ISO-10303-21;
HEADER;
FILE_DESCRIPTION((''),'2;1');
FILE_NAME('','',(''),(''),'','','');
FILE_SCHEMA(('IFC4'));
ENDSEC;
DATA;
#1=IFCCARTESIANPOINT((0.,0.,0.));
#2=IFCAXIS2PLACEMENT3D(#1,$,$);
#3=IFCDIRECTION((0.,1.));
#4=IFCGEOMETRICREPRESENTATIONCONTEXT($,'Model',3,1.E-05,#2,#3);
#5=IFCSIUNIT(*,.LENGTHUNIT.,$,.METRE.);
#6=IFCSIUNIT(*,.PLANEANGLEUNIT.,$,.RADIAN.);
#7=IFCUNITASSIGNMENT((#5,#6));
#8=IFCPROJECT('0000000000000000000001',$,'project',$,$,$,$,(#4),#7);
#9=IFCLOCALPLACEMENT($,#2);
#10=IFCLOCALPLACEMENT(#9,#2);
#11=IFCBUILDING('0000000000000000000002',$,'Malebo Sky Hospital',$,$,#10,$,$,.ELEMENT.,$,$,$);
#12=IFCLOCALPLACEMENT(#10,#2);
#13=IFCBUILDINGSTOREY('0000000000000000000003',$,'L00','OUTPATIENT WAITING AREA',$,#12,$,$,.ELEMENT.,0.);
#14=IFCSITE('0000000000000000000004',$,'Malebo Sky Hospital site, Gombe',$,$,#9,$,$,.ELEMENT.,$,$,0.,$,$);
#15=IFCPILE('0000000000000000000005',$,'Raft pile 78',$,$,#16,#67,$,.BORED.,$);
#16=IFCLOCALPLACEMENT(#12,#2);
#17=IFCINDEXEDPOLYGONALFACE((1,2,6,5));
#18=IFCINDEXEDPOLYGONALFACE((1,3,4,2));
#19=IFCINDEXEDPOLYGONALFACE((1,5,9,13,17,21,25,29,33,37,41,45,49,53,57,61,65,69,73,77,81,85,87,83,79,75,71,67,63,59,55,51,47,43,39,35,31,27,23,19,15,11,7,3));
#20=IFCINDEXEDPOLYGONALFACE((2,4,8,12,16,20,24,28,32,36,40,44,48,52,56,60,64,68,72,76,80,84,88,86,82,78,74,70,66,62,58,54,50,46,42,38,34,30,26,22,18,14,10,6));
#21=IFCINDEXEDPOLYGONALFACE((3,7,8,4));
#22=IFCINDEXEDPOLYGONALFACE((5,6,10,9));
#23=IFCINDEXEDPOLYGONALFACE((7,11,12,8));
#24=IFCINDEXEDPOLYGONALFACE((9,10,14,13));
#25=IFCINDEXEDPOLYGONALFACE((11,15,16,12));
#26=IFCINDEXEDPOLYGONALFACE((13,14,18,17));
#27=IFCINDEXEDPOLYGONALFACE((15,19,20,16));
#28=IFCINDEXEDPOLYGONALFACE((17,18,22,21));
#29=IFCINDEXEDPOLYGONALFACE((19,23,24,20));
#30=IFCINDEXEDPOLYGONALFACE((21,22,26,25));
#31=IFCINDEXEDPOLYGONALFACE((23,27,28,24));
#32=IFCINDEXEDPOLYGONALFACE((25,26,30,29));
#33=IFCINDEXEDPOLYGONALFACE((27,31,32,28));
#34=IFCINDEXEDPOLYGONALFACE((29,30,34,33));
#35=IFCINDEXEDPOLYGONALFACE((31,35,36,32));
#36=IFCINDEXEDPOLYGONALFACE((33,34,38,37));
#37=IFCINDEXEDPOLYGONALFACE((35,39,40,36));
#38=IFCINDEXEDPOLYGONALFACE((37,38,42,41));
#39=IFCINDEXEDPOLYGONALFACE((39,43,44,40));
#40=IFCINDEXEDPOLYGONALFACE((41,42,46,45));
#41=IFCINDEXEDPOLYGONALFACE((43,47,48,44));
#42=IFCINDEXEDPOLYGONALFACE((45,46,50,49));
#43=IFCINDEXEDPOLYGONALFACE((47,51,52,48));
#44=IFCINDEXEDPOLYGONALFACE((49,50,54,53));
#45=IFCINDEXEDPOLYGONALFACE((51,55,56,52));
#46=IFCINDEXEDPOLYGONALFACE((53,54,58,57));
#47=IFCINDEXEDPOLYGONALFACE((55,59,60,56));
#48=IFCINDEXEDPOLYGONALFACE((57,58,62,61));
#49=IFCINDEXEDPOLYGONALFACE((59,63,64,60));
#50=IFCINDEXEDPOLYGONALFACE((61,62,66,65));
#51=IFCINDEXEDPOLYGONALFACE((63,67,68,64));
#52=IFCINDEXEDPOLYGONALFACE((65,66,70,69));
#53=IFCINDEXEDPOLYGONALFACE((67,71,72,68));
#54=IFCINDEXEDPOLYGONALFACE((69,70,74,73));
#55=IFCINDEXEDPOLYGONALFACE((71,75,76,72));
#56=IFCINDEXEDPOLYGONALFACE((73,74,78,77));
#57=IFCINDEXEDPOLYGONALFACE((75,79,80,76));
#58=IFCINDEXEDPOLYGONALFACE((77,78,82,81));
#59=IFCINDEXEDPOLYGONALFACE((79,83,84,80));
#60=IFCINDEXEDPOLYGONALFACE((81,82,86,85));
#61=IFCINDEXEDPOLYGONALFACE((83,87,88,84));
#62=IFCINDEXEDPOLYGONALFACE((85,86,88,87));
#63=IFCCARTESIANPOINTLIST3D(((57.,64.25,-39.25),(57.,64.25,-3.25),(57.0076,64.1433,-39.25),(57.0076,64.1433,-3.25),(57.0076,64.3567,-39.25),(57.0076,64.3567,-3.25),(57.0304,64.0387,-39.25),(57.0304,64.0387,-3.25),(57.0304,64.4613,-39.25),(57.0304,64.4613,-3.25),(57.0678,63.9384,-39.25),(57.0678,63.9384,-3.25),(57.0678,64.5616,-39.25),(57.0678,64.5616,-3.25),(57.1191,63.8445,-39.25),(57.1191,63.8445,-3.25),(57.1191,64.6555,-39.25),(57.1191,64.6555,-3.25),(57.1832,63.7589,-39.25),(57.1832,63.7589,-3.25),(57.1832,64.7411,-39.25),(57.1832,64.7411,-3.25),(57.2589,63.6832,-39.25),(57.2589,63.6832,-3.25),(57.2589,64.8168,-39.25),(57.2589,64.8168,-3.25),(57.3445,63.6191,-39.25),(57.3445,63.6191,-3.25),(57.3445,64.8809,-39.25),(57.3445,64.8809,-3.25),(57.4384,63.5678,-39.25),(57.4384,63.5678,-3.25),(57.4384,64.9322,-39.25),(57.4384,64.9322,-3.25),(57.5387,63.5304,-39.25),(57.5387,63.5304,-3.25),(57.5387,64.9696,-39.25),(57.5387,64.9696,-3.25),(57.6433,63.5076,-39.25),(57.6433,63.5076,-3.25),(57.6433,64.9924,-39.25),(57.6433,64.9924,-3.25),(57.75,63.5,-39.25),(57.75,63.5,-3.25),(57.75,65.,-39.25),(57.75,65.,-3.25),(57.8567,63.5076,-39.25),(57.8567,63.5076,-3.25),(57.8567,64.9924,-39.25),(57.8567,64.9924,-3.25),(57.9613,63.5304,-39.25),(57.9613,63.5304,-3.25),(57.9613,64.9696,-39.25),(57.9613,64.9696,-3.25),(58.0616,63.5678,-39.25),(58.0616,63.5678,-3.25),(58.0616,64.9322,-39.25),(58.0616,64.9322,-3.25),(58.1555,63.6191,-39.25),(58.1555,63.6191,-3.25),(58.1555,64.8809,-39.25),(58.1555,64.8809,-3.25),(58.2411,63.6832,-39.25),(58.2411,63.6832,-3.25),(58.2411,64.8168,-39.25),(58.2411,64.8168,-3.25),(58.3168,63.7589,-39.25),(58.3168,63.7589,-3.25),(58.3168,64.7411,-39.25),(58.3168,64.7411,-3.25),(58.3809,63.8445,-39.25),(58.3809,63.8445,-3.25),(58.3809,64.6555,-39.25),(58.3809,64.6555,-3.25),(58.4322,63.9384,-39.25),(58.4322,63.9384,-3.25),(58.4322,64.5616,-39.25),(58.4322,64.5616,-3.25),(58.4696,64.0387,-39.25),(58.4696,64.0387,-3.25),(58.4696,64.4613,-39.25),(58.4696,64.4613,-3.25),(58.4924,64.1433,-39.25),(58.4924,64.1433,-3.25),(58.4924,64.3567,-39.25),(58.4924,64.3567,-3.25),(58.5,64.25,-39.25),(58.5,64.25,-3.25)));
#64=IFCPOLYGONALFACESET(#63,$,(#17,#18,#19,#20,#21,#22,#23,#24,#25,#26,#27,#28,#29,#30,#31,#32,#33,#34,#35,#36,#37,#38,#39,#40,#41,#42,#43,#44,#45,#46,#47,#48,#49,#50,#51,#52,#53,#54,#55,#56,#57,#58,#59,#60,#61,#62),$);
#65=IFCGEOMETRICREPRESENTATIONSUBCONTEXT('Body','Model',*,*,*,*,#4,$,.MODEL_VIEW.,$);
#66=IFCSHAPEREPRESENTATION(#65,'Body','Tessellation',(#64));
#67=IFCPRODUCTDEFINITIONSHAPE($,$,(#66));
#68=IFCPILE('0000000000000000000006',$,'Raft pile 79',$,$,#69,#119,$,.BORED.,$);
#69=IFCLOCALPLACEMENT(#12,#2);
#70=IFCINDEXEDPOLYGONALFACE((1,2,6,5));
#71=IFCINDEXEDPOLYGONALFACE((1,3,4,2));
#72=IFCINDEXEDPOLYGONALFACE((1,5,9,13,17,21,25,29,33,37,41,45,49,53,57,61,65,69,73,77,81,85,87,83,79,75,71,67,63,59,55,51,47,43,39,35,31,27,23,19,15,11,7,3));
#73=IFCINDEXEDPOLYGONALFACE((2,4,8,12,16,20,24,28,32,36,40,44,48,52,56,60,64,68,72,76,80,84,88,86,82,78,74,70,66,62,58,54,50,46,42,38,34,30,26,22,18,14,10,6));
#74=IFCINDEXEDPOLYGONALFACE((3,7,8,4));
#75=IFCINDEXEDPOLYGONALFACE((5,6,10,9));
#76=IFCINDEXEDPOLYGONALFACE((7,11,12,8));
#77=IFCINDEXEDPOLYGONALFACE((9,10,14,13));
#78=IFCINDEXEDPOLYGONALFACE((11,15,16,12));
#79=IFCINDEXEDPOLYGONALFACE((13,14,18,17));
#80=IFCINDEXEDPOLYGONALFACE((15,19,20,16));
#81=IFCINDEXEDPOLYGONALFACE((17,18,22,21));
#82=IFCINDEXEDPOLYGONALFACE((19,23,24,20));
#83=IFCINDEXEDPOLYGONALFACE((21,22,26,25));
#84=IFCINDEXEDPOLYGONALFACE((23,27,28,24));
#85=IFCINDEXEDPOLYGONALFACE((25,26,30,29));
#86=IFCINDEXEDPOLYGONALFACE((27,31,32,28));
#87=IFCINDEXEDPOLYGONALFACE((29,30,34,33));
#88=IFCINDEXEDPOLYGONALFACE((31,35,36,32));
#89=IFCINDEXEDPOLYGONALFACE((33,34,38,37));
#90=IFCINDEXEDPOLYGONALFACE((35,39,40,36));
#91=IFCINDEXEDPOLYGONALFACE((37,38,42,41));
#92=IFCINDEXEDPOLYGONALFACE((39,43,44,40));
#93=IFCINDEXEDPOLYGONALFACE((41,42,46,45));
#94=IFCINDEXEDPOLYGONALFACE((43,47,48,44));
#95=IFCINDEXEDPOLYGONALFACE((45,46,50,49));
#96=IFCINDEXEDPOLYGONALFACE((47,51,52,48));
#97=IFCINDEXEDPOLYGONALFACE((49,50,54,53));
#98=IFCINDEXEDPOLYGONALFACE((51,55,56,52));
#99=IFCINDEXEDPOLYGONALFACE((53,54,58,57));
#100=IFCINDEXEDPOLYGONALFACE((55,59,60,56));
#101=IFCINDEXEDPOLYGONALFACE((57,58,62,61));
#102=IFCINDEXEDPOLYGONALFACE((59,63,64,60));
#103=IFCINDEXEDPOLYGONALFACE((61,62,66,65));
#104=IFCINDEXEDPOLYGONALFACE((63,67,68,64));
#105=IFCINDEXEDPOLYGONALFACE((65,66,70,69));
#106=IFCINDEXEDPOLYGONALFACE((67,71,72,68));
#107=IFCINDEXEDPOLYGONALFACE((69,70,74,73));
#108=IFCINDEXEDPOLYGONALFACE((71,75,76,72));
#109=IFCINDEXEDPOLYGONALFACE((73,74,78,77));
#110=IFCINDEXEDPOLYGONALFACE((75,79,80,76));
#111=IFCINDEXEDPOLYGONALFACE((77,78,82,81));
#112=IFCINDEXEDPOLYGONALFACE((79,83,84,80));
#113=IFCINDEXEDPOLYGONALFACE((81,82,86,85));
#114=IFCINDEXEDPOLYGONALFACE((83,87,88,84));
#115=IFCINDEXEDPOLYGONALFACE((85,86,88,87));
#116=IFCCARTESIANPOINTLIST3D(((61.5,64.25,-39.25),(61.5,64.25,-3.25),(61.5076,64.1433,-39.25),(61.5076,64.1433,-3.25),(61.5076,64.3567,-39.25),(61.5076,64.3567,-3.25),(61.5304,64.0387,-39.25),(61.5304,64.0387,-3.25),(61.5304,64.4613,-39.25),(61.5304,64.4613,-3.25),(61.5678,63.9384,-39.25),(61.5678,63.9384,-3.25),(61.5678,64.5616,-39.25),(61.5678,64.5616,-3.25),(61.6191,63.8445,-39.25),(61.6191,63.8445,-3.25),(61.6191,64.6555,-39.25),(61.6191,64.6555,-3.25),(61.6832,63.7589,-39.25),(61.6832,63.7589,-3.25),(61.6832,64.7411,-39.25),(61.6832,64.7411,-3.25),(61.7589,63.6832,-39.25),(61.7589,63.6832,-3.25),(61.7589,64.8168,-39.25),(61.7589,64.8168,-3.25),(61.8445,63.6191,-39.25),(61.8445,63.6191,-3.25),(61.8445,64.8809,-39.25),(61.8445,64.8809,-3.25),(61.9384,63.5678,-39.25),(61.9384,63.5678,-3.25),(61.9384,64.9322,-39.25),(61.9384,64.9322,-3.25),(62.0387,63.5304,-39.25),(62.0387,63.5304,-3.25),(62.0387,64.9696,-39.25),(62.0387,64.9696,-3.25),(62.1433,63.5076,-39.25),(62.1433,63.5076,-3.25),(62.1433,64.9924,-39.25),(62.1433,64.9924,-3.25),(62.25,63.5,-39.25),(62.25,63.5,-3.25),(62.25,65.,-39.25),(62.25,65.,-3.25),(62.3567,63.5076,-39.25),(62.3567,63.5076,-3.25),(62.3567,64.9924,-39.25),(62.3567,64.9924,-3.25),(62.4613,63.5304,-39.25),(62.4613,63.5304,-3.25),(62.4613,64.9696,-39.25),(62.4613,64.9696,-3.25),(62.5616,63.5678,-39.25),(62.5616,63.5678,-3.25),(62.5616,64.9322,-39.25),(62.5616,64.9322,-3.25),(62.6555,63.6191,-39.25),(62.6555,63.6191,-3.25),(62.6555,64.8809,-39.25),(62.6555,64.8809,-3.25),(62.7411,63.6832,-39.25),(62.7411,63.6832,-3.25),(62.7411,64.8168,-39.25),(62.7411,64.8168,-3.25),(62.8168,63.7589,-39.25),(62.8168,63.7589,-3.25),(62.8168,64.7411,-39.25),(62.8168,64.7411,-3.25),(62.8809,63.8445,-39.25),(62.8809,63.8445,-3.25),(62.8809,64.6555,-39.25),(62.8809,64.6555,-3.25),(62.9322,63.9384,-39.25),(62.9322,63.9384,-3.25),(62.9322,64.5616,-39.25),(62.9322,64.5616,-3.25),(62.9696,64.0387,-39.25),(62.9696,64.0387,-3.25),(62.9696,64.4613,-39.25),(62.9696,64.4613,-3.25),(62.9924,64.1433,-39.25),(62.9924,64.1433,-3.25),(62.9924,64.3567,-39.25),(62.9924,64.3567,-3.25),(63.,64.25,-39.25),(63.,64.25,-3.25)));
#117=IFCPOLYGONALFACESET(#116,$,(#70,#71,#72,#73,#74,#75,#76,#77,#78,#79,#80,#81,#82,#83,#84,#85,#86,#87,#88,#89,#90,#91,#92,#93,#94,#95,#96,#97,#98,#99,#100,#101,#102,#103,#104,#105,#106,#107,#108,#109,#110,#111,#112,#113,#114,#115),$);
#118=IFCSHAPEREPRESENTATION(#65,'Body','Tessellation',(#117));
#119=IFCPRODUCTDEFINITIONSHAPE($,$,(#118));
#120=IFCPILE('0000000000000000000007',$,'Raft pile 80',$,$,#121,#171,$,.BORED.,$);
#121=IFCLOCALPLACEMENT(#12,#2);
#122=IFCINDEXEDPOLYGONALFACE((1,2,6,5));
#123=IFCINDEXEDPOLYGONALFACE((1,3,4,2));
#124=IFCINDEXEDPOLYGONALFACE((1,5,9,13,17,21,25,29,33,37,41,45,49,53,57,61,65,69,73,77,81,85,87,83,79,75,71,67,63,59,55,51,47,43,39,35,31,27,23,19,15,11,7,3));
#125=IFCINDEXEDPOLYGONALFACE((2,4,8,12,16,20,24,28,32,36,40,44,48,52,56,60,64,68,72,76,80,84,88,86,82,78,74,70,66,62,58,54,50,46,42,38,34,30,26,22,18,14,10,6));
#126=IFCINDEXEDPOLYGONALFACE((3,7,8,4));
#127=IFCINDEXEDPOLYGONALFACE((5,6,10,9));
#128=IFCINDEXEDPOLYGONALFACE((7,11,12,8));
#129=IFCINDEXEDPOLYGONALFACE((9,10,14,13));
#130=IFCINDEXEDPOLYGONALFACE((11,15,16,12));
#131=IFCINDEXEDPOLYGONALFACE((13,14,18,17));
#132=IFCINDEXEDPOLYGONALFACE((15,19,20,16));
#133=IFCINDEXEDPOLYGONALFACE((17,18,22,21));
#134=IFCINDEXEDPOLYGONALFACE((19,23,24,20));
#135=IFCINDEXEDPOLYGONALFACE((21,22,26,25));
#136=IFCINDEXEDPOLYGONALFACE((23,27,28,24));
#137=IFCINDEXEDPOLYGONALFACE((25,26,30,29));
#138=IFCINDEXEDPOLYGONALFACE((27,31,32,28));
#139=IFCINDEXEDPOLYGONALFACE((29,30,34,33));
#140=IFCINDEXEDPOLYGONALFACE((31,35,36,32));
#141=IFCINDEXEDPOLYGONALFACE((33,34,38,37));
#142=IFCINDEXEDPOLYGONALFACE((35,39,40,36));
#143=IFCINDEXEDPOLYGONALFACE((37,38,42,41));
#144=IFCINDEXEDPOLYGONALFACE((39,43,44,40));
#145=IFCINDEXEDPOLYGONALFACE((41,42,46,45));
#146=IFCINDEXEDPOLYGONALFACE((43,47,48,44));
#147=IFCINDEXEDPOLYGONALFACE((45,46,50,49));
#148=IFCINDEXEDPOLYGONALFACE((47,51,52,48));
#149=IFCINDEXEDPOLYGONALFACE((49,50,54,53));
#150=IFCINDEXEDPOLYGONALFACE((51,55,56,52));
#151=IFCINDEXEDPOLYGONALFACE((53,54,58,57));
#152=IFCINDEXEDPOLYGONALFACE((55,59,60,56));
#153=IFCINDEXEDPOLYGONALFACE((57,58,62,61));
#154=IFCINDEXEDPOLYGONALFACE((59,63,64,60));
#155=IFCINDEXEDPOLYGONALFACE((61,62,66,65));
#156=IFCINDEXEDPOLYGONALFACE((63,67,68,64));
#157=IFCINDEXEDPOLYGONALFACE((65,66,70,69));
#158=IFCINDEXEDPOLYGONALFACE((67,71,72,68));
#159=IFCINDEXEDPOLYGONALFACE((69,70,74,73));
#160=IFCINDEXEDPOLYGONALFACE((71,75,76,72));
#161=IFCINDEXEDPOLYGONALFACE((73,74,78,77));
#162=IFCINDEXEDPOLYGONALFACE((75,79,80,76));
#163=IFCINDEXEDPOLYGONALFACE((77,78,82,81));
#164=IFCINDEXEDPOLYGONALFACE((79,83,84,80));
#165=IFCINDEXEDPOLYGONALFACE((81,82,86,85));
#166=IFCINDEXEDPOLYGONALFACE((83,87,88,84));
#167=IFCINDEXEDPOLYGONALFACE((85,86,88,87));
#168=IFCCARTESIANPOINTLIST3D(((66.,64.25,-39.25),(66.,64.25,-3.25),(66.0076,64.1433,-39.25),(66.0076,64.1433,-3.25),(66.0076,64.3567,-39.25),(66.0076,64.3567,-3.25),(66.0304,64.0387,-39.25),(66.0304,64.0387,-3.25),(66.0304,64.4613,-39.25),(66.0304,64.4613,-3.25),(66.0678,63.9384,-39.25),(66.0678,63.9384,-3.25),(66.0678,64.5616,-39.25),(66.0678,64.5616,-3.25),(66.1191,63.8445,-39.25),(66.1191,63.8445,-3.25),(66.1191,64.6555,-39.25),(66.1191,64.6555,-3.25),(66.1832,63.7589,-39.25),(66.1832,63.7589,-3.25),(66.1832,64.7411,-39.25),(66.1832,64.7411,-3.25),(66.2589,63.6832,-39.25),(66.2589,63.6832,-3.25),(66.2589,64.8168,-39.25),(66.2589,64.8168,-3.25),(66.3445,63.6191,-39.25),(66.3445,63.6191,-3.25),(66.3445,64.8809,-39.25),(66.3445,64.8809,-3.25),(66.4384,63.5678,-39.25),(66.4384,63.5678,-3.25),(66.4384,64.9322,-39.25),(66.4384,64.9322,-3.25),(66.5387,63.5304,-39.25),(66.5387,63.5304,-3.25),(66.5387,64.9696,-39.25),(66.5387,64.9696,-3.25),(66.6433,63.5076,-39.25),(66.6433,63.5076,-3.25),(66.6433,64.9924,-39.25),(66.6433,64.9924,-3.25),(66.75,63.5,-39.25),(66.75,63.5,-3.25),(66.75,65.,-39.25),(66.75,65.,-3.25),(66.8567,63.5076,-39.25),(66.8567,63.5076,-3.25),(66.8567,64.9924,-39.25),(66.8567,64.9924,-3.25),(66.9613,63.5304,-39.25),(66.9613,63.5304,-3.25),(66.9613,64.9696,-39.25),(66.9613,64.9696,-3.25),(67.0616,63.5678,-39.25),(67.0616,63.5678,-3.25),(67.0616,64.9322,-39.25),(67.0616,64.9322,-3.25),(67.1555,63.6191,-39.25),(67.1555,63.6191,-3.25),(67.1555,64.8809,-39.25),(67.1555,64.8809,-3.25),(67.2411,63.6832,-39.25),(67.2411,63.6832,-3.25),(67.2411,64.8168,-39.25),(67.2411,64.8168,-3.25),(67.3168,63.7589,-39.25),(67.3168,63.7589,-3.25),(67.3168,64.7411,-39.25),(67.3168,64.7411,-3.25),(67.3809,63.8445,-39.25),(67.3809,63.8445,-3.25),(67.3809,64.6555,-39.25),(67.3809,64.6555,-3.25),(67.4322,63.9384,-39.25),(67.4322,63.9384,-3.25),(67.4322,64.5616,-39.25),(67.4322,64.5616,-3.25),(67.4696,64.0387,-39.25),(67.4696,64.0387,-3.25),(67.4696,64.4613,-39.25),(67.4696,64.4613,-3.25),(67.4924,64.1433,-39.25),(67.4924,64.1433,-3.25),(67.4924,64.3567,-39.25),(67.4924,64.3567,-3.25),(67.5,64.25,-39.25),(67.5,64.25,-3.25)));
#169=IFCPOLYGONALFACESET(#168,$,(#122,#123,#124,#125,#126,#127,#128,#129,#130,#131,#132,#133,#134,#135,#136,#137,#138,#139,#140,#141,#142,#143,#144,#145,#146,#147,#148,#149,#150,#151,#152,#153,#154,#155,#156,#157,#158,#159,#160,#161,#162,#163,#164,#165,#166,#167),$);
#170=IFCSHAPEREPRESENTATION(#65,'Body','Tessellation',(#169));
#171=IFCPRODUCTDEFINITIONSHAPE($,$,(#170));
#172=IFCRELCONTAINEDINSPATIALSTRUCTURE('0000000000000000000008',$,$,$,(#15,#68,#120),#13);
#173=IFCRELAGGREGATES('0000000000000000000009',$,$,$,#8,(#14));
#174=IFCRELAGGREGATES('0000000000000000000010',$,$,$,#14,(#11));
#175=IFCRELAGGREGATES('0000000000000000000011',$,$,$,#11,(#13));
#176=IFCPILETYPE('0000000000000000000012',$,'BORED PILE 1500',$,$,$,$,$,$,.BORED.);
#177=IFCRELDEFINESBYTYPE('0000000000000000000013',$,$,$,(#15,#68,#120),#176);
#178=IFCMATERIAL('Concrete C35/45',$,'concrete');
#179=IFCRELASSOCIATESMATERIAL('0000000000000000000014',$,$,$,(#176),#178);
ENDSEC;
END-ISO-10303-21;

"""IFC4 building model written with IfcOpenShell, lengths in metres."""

from ifc_helpers import new_model, si_unit, direction, frame, origin, origin_2d, place, context, subcontext, project, spatial, circle, extrude, material, material_profile, profile_set, type_object, element, save


model = new_model("IFC4")

# Units and contexts
model_context = context("Model", 3, precision=1e-05, world=origin(), true_north=direction((0.0, 1.0)))
body_context = subcontext(model_context, "Body", "Model", "MODEL_VIEW")
ifc_project = project(units=[si_unit("LENGTHUNIT", "METRE"), si_unit("PLANEANGLEUNIT", "RADIAN")], contexts=[model_context])

# Site, building, storey
site_placement = place(None, origin())
site = spatial("IfcSite", under=ifc_project, at=site_placement, Name="Malebo Sky Hospital site, Gombe", CompositionType="ELEMENT", RefElevation=0.0)
building_placement = place(site_placement, origin())
building = spatial("IfcBuilding", under=site, at=building_placement, Name="Malebo Sky Hospital", CompositionType="ELEMENT")
storey_placement = place(building_placement, origin())
storey = spatial("IfcBuildingStorey", under=building, at=storey_placement, Name="L00", Description="OUTPATIENT WAITING AREA", CompositionType="ELEMENT", Elevation=0.0)

# Piles
ifc_material_1 = material(Name="Concrete C35/45", Category="concrete")
ifc_material_profile = material_profile(ifc_material_1, circle(Radius=0.75, at=origin_2d()), Name="BP 1500")
ifc_profile_set = profile_set([ifc_material_profile], Name="Concrete C35/45")
pile_type = type_object("IfcPileType", Name="BORED PILE 1500", PredefinedType="BORED", material=ifc_profile_set)
for number, where, z_axis, x_axis, name in (
    (1, (57.75, 64.25, -3.25), (0.0, 0.0, -1.0), (1.0, 0.0, 0.0), "Raft pile 78"),
    (2, (62.25, 64.25, -3.25), (0.0, 0.0, -1.0), (1.0, 0.0, 0.0), "Raft pile 79"),
    (3, (66.75, 64.25, -3.25), (0.0, 0.0, -1.0), (1.0, 0.0, 0.0), "Raft pile 80"),
):
    element("IfcPile", number, at=place(storey_placement, frame(where, z_axis=z_axis, x_axis=x_axis)), inside=storey, type_object=pile_type, Name=name, PredefinedType="BORED", context=body_context, shape_type="SweptSolid", body=[
        extrude(circle(Radius=0.75, at=origin_2d()), origin(), (0.0, 0.0, 1.0), 36.0),
    ])

save(model, "model.ifc")
